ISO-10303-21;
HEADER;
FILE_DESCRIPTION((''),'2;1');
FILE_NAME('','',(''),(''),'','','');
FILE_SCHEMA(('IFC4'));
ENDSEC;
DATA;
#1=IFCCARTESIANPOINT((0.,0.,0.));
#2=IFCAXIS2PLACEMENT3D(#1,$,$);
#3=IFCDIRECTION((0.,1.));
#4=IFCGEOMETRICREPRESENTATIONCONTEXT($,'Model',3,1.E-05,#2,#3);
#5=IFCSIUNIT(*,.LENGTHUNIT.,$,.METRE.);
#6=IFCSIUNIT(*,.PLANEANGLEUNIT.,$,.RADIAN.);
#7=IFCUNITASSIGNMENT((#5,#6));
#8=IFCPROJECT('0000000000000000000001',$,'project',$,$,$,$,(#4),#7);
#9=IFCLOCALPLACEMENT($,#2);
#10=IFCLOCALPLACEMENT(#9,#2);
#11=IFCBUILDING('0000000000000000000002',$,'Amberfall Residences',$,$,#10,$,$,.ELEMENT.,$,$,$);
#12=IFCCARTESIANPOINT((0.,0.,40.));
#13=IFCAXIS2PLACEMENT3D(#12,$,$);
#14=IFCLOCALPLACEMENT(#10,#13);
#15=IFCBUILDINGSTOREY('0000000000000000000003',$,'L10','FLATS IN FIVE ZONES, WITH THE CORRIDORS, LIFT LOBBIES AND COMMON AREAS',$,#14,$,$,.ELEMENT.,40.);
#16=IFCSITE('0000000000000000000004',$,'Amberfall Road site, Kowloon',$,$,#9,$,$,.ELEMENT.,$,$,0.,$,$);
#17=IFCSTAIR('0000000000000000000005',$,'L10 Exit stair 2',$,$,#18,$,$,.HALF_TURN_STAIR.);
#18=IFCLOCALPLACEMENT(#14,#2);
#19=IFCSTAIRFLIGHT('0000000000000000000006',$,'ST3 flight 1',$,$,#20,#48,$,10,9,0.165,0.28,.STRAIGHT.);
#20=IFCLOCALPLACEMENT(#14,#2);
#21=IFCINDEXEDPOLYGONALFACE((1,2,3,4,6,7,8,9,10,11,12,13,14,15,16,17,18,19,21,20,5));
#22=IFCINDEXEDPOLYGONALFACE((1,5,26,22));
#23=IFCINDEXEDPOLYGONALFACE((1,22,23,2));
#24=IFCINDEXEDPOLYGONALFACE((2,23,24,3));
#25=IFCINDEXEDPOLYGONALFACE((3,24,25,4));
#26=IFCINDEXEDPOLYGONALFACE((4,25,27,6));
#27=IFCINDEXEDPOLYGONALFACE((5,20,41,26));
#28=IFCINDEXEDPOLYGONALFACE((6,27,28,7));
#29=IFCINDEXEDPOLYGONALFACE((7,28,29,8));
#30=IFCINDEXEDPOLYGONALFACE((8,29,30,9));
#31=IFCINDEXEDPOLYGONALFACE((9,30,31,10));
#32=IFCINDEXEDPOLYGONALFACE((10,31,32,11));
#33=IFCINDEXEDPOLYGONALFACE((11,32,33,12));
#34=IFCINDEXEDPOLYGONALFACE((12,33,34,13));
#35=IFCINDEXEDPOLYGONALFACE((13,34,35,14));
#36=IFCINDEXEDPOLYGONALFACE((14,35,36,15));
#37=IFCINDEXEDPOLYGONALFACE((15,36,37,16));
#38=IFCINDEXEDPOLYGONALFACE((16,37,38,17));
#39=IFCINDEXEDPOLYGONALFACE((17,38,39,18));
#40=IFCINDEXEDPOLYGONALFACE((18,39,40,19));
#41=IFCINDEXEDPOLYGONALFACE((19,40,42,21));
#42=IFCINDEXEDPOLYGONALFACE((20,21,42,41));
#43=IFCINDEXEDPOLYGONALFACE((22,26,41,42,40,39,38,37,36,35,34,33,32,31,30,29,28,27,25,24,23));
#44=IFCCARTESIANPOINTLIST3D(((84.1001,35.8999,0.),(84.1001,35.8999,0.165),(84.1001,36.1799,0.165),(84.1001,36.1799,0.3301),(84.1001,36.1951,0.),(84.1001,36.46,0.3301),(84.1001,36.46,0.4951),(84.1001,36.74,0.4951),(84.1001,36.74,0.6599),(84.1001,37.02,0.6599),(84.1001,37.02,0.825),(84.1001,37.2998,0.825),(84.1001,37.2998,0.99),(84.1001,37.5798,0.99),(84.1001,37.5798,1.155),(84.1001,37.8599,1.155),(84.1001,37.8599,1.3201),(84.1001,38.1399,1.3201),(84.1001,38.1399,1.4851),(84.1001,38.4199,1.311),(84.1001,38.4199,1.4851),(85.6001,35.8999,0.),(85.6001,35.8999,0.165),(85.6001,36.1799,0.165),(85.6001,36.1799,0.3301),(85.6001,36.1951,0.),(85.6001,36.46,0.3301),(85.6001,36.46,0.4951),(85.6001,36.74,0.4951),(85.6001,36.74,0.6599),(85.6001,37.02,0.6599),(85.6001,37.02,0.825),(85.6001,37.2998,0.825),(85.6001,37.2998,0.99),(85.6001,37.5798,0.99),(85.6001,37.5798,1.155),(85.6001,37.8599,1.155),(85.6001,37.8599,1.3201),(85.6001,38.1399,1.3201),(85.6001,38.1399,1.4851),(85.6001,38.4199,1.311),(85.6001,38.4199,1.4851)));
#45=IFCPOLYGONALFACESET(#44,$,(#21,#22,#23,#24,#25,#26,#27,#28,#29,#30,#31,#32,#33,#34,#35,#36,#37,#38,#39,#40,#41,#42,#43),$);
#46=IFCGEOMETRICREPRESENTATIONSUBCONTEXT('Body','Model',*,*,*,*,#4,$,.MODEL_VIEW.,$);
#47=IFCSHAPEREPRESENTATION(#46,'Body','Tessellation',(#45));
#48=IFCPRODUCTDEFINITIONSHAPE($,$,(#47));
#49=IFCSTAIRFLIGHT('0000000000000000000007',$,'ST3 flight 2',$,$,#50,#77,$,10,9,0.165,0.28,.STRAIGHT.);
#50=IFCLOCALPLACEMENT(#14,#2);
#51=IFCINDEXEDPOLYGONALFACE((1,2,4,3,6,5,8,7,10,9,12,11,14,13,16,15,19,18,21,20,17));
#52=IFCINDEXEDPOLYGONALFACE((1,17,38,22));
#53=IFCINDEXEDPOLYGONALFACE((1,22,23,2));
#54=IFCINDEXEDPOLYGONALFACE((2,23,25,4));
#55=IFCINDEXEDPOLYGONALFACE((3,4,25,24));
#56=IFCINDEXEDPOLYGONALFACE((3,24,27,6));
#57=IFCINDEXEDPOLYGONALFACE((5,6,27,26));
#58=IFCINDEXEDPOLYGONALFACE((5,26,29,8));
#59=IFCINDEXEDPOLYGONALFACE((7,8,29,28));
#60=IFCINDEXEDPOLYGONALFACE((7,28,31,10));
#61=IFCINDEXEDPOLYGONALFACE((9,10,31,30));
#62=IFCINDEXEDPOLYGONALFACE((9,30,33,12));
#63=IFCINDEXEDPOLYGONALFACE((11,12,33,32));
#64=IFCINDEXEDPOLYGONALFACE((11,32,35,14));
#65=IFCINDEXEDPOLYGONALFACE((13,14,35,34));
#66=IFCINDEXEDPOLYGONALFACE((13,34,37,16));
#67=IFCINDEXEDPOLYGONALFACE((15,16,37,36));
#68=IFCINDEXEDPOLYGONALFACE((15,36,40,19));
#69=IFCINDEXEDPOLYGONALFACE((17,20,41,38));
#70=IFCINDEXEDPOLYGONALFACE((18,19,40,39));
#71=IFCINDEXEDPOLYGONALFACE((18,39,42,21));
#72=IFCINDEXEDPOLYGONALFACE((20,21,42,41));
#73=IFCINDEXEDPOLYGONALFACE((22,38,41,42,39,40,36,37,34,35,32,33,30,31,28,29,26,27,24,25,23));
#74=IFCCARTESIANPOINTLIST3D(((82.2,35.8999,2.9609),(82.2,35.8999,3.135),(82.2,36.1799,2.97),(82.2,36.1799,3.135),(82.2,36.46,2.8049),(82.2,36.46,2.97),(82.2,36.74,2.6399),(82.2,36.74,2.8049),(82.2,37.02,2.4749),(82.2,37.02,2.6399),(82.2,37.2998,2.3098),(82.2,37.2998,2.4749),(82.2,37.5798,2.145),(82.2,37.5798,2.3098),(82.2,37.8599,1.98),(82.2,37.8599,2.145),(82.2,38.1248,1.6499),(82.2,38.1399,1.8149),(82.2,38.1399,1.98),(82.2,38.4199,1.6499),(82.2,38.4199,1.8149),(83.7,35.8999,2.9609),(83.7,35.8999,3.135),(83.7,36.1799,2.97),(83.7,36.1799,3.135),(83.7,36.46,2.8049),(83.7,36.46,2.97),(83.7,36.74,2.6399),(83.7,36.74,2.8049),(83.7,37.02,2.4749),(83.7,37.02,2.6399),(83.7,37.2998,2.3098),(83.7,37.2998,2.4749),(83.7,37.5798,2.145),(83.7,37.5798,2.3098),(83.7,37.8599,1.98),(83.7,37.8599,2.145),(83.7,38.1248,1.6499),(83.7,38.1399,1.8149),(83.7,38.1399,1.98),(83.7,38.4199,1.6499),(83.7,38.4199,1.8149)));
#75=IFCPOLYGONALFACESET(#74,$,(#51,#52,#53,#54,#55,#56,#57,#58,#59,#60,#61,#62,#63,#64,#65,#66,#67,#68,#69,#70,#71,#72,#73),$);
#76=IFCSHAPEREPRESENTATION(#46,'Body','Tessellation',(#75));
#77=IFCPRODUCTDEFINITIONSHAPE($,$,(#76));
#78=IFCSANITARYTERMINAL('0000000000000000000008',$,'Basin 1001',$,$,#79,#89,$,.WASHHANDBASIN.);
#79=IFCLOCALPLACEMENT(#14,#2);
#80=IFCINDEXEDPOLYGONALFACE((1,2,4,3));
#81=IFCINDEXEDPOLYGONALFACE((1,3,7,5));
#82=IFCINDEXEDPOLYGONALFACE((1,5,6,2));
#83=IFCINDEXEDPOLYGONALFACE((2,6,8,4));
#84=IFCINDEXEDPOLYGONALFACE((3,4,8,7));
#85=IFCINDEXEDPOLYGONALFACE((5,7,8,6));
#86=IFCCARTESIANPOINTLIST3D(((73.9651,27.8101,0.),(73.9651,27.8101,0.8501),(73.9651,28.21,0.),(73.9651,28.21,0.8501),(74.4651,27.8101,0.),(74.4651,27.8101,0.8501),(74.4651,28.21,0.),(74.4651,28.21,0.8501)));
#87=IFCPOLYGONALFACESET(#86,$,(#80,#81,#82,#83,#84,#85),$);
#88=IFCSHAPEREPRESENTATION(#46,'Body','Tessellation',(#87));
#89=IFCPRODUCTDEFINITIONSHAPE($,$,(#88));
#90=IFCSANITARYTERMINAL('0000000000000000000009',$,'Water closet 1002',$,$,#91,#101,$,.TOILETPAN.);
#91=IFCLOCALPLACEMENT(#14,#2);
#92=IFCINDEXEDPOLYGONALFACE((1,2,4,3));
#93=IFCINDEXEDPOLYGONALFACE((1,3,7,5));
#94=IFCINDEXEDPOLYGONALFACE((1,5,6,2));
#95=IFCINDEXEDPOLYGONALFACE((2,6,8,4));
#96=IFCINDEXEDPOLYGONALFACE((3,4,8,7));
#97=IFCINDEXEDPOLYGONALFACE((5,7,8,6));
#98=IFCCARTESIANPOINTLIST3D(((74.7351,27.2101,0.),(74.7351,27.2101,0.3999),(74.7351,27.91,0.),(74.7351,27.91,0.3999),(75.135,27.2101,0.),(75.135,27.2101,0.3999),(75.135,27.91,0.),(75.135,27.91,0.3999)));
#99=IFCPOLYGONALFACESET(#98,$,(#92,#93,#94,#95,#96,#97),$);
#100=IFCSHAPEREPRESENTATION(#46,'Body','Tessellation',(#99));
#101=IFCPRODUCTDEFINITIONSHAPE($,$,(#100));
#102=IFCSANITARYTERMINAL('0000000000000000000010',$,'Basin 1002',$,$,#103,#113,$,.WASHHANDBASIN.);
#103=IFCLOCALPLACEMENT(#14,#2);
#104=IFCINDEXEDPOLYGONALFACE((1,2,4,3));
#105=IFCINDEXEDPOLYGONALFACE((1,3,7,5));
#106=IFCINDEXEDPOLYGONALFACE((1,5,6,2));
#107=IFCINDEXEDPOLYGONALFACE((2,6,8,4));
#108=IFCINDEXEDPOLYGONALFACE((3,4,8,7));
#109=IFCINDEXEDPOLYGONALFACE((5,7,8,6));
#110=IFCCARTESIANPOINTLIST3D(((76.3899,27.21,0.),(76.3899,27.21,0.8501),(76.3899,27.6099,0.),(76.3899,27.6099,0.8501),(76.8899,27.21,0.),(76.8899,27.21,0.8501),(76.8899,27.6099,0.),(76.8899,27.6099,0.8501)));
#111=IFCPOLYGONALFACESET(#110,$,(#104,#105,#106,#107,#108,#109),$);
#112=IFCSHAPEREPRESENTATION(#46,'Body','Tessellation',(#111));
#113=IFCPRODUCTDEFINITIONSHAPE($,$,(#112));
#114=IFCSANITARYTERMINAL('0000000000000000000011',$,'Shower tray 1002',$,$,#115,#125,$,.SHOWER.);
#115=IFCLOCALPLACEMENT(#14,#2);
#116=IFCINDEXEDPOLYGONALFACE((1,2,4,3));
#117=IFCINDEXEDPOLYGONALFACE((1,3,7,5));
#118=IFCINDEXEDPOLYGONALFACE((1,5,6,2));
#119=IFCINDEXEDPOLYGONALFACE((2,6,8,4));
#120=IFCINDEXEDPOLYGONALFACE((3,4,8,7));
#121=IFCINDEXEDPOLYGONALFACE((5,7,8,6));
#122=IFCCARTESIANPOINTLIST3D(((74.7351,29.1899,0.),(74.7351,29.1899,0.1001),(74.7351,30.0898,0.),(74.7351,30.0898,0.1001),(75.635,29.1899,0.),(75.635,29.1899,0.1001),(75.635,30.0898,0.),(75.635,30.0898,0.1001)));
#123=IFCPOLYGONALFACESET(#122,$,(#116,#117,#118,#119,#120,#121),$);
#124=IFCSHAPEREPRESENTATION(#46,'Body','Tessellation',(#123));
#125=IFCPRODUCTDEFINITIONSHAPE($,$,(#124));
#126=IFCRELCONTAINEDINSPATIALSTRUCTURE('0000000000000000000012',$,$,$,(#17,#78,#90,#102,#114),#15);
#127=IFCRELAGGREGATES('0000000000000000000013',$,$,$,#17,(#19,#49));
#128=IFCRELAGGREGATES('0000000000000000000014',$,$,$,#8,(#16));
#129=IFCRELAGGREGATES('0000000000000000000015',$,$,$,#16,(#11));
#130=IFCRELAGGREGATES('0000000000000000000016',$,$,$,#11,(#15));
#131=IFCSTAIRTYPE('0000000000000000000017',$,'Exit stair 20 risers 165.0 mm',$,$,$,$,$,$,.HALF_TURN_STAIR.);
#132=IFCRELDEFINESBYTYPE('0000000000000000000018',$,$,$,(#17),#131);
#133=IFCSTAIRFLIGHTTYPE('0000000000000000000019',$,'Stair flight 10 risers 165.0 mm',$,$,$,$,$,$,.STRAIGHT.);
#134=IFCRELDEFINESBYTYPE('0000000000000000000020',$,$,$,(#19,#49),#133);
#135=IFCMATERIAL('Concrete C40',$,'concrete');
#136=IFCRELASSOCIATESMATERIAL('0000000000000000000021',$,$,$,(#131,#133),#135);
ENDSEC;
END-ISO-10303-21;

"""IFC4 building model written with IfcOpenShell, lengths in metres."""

from ifc_helpers import new_model, si_unit, direction, frame, origin, origin_2d, place, context, subcontext, project, spatial, polyline, rectangle, outline, extrude, material, type_object, element, aggregate, save


model = new_model("IFC4")

# Units and contexts
model_context = context("Model", 3, precision=1e-05, world=origin(), true_north=direction((0.0, 1.0)))
body_context = subcontext(model_context, "Body", "Model", "MODEL_VIEW")
ifc_project = project(units=[si_unit("LENGTHUNIT", "METRE"), si_unit("PLANEANGLEUNIT", "RADIAN")], contexts=[model_context])

# Site, building, storey
site_placement = place(None, origin())
site = spatial("IfcSite", under=ifc_project, at=site_placement, Name="Amberfall Road site, Kowloon", CompositionType="ELEMENT", RefElevation=0.0)
building_placement = place(site_placement, origin())
building = spatial("IfcBuilding", under=site, at=building_placement, Name="Amberfall Residences", CompositionType="ELEMENT")
storey_placement = place(building_placement, frame((0.0, 0.0, 40.0)))
storey = spatial("IfcBuildingStorey", under=building, at=storey_placement, Name="L10", Description="FLATS IN FIVE ZONES, WITH THE CORRIDORS, LIFT LOBBIES AND COMMON AREAS", CompositionType="ELEMENT", Elevation=40.0)

# Stair, stair flights
ifc_material_1 = material(Name="Concrete C40", Category="concrete")
stair_type = type_object("IfcStairType", Name="Exit stair 20 risers 165.0 mm", PredefinedType="HALF_TURN_STAIR", material=ifc_material_1)
stair_placement = place(storey_placement, origin())
stair = element("IfcStair", 1, at=stair_placement, inside=storey, type_object=stair_type, Name="L10 Exit stair 2", PredefinedType="HALF_TURN_STAIR")
stair_flight_type = type_object("IfcStairFlightType", Name="Stair flight 10 risers 165.0 mm", PredefinedType="STRAIGHT", material=ifc_material_1)
stair_flight_1_placement = place(storey_placement, frame((84.8501, 35.8999, 0.0), z_axis=(0.0, 0.0, 1.0), x_axis=(0.0, 1.0, 0.0)))
stair_flight_1 = element("IfcStairFlight", 2, at=stair_flight_1_placement, type_object=stair_flight_type, Name="ST3 flight 1", NumberOfRisers=10, NumberOfTreads=9, PredefinedType="STRAIGHT", RiserHeight=0.165, TreadLength=0.28, context=body_context, shape_type="SweptSolid", body=[
    extrude(outline(polyline([(0.0, 0.0), (0.0, 0.165), (0.28, 0.165), (0.28, 0.3301), (0.5601, 0.3301), (0.5601, 0.4951), (0.8401, 0.4951), (0.8401, 0.6599), (1.1201, 0.6599), (1.1201, 0.825), (1.3999, 0.825), (1.3999, 0.99), (1.6799, 0.99), (1.6799, 1.155), (1.96, 1.155), (1.96, 1.3201), (2.24, 1.3201), (2.24, 1.4851), (2.52, 1.4851), (2.52, 1.6499), (2.52, 1.311), (0.2952, 0.0), (0.0, 0.0)])), frame((0.0, 0.75, 0.0), z_axis=(0.0, -1.0, 0.0), x_axis=(1.0, 0.0, 0.0)), (0.0, 0.0, 1.0), 1.5),
])
stair_flight_2_placement = place(storey_placement, frame((82.95, 38.4199, 1.6499), z_axis=(0.0, 0.0, 1.0), x_axis=(0.0, -1.0, 0.0)))
stair_flight_2 = element("IfcStairFlight", 3, at=stair_flight_2_placement, type_object=stair_flight_type, Name="ST3 flight 2", NumberOfRisers=10, NumberOfTreads=9, PredefinedType="STRAIGHT", RiserHeight=0.165, TreadLength=0.28, context=body_context, shape_type="SweptSolid", body=[
    extrude(outline(polyline([(0.0, 0.0), (0.0, 0.165), (0.28, 0.165), (0.28, 0.3301), (0.5601, 0.3301), (0.5601, 0.4951), (0.8401, 0.4951), (0.8401, 0.6599), (1.1201, 0.6599), (1.1201, 0.825), (1.3999, 0.825), (1.3999, 0.99), (1.6799, 0.99), (1.6799, 1.155), (1.96, 1.155), (1.96, 1.3201), (2.24, 1.3201), (2.24, 1.4851), (2.52, 1.4851), (2.52, 1.6499), (2.52, 1.311), (0.2952, 0.0), (0.0, 0.0)])), frame((0.0, 0.75, 0.0), z_axis=(0.0, -1.0, 0.0), x_axis=(1.0, 0.0, 0.0)), (0.0, 0.0, 1.0), 1.5),
])
aggregate(stair, [stair_flight_1, stair_flight_2])

# Sanitary terminals
sanitary_terminal_1_placement = place(storey_placement, frame((74.2151, 28.01, 0.0), z_axis=(0.0, 0.0, 1.0), x_axis=(1.0, 0.0, 0.0)))
element("IfcSanitaryTerminal", 4, at=sanitary_terminal_1_placement, inside=storey, Name="Basin 1001", PredefinedType="WASHHANDBASIN", context=body_context, shape_type="SweptSolid", body=[
    extrude(rectangle(XDim=0.5, YDim=0.3999, at=origin_2d()), origin(), (0.0, 0.0, 1.0), 0.8501),
])
sanitary_terminal_2_placement = place(storey_placement, frame((74.9351, 27.5601, 0.0), z_axis=(0.0, 0.0, 1.0), x_axis=(1.0, 0.0, 0.0)))
element("IfcSanitaryTerminal", 5, at=sanitary_terminal_2_placement, inside=storey, Name="Water closet 1002", PredefinedType="TOILETPAN", context=body_context, shape_type="SweptSolid", body=[
    extrude(rectangle(XDim=0.3999, YDim=0.7, at=origin_2d()), origin(), (0.0, 0.0, 1.0), 0.3999),
])
sanitary_terminal_3_placement = place(storey_placement, frame((76.6399, 27.4099, 0.0), z_axis=(0.0, 0.0, 1.0), x_axis=(1.0, 0.0, 0.0)))
element("IfcSanitaryTerminal", 6, at=sanitary_terminal_3_placement, inside=storey, Name="Basin 1002", PredefinedType="WASHHANDBASIN", context=body_context, shape_type="SweptSolid", body=[
    extrude(rectangle(XDim=0.5, YDim=0.3999, at=origin_2d()), origin(), (0.0, 0.0, 1.0), 0.8501),
])
sanitary_terminal_4_placement = place(storey_placement, frame((75.1851, 29.6399, 0.0), z_axis=(0.0, 0.0, 1.0), x_axis=(1.0, 0.0, 0.0)))
element("IfcSanitaryTerminal", 7, at=sanitary_terminal_4_placement, inside=storey, Name="Shower tray 1002", PredefinedType="SHOWER", context=body_context, shape_type="SweptSolid", body=[
    extrude(rectangle(XDim=0.8999, YDim=0.8999, at=origin_2d()), origin(), (0.0, 0.0, 1.0), 0.1001),
])

save(model, "model.ifc")
